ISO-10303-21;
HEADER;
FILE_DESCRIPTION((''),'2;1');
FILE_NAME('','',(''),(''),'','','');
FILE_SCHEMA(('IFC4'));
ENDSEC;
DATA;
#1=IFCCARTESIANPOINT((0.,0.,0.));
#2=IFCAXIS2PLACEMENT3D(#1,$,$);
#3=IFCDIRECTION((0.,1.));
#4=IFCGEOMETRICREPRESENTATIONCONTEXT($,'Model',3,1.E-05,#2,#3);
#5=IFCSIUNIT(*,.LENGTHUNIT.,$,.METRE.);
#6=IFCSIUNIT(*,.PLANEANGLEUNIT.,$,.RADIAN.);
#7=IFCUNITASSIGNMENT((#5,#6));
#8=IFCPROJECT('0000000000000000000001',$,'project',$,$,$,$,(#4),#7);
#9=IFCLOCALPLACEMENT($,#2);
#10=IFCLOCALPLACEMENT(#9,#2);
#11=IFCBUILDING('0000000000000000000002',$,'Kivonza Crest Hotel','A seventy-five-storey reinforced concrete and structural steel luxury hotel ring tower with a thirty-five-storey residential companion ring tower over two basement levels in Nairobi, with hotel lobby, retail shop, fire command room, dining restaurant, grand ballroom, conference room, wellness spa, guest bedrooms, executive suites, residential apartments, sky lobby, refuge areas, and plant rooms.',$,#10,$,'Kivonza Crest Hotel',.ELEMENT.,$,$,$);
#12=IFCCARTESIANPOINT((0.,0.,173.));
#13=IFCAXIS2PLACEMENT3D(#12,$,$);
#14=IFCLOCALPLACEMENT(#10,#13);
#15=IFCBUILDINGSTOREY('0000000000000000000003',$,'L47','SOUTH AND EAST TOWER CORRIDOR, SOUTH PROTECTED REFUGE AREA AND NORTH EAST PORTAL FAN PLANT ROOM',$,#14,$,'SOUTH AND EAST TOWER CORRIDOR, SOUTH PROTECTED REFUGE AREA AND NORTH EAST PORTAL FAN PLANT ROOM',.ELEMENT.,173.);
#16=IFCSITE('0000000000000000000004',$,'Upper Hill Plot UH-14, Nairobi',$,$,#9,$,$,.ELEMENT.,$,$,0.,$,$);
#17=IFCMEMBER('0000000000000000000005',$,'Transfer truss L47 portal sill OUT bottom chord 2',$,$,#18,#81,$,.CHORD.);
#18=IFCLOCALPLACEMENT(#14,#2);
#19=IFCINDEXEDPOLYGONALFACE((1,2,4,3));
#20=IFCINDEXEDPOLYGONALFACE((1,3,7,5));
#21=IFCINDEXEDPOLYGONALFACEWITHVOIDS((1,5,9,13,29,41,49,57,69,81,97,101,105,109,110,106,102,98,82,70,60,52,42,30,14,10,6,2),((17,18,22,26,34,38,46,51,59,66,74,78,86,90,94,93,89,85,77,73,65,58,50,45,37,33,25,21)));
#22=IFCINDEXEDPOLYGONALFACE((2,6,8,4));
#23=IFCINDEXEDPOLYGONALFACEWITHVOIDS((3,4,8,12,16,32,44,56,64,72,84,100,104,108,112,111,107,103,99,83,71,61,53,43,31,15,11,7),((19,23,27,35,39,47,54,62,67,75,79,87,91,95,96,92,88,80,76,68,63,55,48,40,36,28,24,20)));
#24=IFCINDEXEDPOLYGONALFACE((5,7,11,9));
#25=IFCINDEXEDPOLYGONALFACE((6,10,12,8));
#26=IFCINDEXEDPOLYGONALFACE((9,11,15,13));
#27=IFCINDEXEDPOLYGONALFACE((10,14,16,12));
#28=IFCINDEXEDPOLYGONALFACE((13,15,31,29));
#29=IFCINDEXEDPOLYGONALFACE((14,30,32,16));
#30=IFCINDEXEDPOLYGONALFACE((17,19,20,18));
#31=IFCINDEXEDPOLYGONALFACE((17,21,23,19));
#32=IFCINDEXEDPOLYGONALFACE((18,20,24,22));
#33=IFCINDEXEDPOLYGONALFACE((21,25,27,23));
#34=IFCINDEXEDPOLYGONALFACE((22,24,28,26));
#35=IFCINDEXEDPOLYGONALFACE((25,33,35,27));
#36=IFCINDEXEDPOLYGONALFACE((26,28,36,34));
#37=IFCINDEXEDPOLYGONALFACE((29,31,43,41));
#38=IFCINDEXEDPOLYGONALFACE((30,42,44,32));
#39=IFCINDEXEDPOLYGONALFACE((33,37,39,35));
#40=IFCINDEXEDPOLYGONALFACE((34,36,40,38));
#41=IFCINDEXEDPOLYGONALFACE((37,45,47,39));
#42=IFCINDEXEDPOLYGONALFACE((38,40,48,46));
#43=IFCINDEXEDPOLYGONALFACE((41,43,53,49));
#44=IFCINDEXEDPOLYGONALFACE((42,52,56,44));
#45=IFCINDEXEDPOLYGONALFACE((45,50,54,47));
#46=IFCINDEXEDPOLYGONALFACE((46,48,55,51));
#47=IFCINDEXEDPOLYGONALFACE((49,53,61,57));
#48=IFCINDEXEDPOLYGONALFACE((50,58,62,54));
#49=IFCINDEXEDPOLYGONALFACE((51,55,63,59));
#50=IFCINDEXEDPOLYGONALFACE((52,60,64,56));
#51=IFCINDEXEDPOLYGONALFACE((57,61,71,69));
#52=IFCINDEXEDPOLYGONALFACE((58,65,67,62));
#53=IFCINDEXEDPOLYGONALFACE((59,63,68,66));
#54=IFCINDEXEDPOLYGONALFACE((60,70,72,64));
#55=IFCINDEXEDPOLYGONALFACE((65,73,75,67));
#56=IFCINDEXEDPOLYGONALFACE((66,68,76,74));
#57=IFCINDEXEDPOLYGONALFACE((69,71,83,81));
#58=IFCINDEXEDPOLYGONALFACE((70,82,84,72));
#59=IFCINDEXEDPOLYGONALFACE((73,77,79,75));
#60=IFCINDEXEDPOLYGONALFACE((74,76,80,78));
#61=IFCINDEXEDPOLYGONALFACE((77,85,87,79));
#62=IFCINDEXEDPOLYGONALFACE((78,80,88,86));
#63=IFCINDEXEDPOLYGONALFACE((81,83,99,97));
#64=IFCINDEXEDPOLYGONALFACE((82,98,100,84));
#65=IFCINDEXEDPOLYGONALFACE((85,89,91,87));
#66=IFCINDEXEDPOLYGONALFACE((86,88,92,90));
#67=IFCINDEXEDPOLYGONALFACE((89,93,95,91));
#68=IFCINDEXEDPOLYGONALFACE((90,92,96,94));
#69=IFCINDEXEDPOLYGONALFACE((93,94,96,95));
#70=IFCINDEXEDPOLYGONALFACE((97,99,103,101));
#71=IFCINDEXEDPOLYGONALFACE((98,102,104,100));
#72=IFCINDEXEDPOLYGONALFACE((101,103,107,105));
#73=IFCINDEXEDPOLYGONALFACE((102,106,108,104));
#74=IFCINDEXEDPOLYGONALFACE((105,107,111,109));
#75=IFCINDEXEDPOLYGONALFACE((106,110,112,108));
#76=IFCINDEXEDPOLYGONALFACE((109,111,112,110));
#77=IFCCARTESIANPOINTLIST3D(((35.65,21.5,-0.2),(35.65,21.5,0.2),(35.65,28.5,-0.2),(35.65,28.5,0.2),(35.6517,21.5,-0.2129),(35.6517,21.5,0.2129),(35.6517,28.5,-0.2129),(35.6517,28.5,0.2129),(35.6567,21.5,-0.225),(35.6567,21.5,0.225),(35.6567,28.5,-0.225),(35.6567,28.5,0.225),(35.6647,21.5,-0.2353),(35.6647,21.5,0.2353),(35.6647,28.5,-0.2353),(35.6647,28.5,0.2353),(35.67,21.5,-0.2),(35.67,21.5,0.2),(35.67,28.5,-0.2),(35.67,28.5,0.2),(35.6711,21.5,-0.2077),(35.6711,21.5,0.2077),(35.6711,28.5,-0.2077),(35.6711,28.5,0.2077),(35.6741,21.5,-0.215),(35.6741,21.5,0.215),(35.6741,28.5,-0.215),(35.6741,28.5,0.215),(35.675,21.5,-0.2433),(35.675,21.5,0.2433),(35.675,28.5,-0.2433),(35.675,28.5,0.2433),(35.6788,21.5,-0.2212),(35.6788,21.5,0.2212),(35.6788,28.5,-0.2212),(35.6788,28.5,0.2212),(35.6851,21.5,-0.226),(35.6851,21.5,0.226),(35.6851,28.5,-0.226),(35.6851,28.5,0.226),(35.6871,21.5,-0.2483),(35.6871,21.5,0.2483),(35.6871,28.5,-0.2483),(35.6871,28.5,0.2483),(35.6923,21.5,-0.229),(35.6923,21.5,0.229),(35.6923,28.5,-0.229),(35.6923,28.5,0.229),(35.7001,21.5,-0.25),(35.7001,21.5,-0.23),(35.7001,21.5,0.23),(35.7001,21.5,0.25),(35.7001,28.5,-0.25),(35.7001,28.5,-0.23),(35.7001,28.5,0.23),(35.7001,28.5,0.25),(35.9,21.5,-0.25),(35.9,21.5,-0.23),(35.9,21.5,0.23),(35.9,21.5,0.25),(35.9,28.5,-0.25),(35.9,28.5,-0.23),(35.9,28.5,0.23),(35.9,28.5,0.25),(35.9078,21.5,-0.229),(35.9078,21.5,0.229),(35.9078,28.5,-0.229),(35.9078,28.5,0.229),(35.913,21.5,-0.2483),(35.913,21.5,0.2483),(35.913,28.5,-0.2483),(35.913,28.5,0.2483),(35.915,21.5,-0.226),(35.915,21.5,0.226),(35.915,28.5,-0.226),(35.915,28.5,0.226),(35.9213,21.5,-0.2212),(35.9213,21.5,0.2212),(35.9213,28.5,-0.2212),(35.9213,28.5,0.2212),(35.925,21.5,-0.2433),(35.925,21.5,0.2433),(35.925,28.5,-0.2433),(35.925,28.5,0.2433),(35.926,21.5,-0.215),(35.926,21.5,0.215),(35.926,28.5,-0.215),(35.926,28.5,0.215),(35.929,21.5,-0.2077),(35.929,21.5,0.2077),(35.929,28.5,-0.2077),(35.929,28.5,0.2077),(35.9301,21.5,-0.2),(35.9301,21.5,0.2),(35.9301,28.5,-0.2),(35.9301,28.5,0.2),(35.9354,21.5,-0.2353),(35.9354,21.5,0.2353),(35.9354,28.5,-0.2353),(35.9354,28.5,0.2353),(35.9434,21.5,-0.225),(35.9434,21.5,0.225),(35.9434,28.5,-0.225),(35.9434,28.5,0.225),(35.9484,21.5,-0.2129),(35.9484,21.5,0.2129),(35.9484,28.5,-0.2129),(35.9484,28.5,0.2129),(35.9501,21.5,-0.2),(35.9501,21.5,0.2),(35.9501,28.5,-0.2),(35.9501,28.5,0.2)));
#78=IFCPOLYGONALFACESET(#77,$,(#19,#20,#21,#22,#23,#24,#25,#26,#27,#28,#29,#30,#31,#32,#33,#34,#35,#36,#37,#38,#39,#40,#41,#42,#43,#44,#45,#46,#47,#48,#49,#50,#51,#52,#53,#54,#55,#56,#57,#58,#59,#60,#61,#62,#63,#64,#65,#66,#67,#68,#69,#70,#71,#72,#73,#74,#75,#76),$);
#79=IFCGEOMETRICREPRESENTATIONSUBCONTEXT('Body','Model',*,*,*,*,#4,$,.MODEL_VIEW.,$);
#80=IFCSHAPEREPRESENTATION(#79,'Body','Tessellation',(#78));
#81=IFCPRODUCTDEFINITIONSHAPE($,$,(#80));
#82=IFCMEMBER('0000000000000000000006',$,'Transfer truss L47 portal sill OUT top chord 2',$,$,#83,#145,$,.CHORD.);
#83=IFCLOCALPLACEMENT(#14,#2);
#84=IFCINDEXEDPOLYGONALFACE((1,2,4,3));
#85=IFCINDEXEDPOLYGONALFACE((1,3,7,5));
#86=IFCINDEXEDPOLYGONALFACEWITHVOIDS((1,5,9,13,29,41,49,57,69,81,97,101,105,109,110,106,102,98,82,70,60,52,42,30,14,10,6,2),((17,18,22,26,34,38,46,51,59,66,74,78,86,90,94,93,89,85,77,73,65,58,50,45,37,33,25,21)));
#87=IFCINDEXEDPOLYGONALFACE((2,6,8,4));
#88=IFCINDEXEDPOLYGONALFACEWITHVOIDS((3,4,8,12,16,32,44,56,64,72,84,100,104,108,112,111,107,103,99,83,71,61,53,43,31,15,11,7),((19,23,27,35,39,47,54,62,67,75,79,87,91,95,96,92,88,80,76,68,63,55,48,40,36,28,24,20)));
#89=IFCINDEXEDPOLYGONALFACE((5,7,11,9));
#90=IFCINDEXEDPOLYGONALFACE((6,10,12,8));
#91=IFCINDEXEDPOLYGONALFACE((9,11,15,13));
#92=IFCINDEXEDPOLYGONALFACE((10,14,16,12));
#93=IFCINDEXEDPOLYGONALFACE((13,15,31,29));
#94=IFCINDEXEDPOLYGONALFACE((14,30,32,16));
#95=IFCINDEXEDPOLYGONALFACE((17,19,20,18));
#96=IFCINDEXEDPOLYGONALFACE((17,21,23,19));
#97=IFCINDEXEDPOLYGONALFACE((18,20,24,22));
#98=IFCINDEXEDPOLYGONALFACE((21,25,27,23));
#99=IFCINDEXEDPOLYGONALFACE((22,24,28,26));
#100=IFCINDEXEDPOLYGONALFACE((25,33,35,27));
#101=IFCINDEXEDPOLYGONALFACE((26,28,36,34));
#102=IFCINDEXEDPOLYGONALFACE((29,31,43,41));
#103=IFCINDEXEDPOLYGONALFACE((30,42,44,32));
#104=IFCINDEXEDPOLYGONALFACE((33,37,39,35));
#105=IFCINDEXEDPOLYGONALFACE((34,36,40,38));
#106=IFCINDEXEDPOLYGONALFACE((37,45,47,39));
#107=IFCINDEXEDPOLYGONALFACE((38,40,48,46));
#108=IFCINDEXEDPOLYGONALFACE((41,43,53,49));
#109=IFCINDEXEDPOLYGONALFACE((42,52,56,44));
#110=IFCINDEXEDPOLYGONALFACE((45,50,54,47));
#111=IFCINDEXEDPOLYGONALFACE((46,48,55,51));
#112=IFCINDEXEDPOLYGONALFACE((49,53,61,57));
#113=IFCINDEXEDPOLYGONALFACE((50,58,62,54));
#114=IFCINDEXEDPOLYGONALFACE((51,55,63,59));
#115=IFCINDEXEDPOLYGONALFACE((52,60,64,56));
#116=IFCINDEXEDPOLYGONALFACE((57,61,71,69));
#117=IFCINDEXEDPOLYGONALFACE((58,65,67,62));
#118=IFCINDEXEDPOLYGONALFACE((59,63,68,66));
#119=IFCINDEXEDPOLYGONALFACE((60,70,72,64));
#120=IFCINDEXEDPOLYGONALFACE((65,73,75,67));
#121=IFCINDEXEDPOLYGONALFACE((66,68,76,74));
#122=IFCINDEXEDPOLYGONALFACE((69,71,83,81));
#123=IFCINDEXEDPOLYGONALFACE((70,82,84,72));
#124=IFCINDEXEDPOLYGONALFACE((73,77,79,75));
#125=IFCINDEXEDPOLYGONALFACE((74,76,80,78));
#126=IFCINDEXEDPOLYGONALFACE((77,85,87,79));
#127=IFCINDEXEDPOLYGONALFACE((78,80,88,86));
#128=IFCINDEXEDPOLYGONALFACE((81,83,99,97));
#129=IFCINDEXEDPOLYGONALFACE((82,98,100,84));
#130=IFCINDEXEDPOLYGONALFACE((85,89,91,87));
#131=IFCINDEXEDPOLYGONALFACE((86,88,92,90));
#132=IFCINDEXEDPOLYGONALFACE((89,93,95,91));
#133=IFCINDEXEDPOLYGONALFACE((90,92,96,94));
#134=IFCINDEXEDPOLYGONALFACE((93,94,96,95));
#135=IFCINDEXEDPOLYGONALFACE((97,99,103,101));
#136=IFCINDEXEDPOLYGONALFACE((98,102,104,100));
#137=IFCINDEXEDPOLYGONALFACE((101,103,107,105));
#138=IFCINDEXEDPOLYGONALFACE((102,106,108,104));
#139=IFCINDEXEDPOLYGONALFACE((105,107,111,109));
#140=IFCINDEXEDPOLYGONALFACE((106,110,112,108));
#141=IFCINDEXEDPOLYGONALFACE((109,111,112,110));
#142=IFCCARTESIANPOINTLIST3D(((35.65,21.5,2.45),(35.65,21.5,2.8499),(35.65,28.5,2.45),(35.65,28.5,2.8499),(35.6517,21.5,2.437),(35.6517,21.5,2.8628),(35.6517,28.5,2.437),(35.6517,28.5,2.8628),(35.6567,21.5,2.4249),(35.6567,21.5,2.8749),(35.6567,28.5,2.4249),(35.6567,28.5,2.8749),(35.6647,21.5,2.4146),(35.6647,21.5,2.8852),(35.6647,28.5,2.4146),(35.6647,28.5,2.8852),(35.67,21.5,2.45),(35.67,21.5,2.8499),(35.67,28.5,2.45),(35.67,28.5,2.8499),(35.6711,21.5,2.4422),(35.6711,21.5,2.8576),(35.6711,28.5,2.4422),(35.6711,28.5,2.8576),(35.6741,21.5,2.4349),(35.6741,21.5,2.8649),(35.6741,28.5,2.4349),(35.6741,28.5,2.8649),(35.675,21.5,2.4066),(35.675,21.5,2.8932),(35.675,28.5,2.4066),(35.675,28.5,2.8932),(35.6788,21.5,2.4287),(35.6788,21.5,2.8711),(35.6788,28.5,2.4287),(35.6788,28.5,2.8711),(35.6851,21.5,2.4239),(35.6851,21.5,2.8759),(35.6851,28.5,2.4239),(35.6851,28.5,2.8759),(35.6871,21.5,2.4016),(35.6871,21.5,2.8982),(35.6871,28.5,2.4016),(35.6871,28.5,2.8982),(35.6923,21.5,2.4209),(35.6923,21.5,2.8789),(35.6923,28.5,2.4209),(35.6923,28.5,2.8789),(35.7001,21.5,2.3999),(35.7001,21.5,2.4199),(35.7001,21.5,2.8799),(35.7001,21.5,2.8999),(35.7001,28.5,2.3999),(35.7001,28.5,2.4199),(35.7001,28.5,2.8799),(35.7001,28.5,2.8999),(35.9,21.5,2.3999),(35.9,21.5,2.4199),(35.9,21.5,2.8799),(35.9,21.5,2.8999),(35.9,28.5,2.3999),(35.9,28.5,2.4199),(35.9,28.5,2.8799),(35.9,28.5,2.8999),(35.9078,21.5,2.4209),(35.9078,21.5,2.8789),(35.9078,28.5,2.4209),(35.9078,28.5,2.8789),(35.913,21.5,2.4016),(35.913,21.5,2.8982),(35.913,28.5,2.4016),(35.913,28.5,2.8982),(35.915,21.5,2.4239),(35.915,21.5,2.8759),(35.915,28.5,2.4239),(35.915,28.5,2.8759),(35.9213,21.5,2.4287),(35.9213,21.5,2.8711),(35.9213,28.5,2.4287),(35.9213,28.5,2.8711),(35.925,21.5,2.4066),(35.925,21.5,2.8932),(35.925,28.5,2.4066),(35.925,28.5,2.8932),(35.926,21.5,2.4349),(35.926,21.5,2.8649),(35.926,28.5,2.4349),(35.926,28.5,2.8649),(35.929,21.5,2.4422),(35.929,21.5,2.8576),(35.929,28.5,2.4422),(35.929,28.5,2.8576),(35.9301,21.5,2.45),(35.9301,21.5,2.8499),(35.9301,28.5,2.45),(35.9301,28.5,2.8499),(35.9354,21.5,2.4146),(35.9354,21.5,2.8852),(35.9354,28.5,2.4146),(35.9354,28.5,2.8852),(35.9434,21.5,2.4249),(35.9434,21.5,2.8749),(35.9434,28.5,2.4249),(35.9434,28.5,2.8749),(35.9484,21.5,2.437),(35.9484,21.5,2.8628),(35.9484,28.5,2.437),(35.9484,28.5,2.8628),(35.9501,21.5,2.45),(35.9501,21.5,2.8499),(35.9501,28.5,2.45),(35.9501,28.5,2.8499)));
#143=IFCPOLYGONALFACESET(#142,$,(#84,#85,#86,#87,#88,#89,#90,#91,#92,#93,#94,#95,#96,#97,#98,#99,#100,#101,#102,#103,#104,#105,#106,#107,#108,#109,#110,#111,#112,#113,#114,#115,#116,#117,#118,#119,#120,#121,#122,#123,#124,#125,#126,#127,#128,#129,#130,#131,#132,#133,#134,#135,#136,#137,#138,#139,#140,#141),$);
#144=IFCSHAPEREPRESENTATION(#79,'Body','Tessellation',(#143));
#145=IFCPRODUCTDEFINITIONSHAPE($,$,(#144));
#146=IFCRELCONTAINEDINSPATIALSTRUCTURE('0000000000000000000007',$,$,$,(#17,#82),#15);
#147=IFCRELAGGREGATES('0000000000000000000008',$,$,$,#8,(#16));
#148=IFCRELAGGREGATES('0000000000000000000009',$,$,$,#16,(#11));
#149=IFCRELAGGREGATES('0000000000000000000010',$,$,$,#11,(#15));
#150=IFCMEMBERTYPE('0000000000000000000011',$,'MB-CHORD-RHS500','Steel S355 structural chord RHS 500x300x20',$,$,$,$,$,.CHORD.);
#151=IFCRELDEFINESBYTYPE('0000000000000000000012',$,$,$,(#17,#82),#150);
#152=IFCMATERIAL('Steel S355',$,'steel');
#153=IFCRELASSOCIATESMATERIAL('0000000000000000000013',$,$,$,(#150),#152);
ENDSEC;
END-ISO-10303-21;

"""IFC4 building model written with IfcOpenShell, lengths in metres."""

from ifc_helpers import new_model, si_unit, direction, frame, origin, origin_2d, place, context, subcontext, project, spatial, hollow_rectangle, extrude, material, material_profile, profile_set, type_object, element, save


model = new_model("IFC4")

# Units and contexts
model_context = context("Model", 3, precision=1e-05, world=origin(), true_north=direction((0.0, 1.0)))
body_context = subcontext(model_context, "Body", "Model", "MODEL_VIEW")
ifc_project = project(units=[si_unit("LENGTHUNIT", "METRE"), si_unit("PLANEANGLEUNIT", "RADIAN")], contexts=[model_context])

# Site, building, storey
site_placement = place(None, origin())
site = spatial("IfcSite", under=ifc_project, at=site_placement, Name="Upper Hill Plot UH-14, Nairobi", CompositionType="ELEMENT", RefElevation=0.0)
building_placement = place(site_placement, origin())
building = spatial("IfcBuilding", under=site, at=building_placement, Name="Kivonza Crest Hotel", Description="A seventy-five-storey reinforced concrete and structural steel luxury hotel ring tower with a thirty-five-storey residential companion ring tower over two basement levels in Nairobi, with hotel lobby, retail shop, fire command room, dining restaurant, grand ballroom, conference room, wellness spa, guest bedrooms, executive suites, residential apartments, sky lobby, refuge areas, and plant rooms.", LongName="Kivonza Crest Hotel", CompositionType="ELEMENT")
storey_placement = place(building_placement, frame((0.0, 0.0, 173.0)))
storey = spatial("IfcBuildingStorey", under=building, at=storey_placement, Name="L47", Description="SOUTH AND EAST TOWER CORRIDOR, SOUTH PROTECTED REFUGE AREA AND NORTH EAST PORTAL FAN PLANT ROOM", LongName="SOUTH AND EAST TOWER CORRIDOR, SOUTH PROTECTED REFUGE AREA AND NORTH EAST PORTAL FAN PLANT ROOM", CompositionType="ELEMENT", Elevation=173.0)

# Shared definitions
ifc_material_1 = material(Name="Steel S355", Category="steel")

# Members
ifc_material_profile_1 = material_profile(ifc_material_1, hollow_rectangle(XDim=0.3, YDim=0.5, WallThickness=0.02, InnerFilletRadius=0.03, OuterFilletRadius=0.05, at=origin_2d()), Name="RHS 500x300x20")
ifc_profile_set_1 = profile_set([ifc_material_profile_1], Name="Steel S355")
member_type_1 = type_object("IfcMemberType", Name="MB-CHORD-RHS500", Description="Steel S355 structural chord RHS 500x300x20", PredefinedType="CHORD", material=ifc_profile_set_1)
for number, where, z_axis, x_axis, name in (
    (1, (35.8, 21.5, 0.0), (0.0, 1.0, 0.0), (-1.0, 0.0, 0.0), "Transfer truss L47 portal sill OUT bottom chord 2"),
    (2, (35.8, 21.5, 2.6499), (0.0, 1.0, 0.0), (-1.0, 0.0, 0.0), "Transfer truss L47 portal sill OUT top chord 2"),
):
    element("IfcMember", number, at=place(storey_placement, frame(where, z_axis=z_axis, x_axis=x_axis)), inside=storey, type_object=member_type_1, Name=name, PredefinedType="CHORD", context=body_context, shape_type="SweptSolid", body=[
        extrude(hollow_rectangle(XDim=0.3, YDim=0.5, WallThickness=0.02, InnerFilletRadius=0.03, OuterFilletRadius=0.05, at=origin_2d()), origin(), (0.0, 0.0, 1.0), 7.0),
    ])

save(model, "model.ifc")
